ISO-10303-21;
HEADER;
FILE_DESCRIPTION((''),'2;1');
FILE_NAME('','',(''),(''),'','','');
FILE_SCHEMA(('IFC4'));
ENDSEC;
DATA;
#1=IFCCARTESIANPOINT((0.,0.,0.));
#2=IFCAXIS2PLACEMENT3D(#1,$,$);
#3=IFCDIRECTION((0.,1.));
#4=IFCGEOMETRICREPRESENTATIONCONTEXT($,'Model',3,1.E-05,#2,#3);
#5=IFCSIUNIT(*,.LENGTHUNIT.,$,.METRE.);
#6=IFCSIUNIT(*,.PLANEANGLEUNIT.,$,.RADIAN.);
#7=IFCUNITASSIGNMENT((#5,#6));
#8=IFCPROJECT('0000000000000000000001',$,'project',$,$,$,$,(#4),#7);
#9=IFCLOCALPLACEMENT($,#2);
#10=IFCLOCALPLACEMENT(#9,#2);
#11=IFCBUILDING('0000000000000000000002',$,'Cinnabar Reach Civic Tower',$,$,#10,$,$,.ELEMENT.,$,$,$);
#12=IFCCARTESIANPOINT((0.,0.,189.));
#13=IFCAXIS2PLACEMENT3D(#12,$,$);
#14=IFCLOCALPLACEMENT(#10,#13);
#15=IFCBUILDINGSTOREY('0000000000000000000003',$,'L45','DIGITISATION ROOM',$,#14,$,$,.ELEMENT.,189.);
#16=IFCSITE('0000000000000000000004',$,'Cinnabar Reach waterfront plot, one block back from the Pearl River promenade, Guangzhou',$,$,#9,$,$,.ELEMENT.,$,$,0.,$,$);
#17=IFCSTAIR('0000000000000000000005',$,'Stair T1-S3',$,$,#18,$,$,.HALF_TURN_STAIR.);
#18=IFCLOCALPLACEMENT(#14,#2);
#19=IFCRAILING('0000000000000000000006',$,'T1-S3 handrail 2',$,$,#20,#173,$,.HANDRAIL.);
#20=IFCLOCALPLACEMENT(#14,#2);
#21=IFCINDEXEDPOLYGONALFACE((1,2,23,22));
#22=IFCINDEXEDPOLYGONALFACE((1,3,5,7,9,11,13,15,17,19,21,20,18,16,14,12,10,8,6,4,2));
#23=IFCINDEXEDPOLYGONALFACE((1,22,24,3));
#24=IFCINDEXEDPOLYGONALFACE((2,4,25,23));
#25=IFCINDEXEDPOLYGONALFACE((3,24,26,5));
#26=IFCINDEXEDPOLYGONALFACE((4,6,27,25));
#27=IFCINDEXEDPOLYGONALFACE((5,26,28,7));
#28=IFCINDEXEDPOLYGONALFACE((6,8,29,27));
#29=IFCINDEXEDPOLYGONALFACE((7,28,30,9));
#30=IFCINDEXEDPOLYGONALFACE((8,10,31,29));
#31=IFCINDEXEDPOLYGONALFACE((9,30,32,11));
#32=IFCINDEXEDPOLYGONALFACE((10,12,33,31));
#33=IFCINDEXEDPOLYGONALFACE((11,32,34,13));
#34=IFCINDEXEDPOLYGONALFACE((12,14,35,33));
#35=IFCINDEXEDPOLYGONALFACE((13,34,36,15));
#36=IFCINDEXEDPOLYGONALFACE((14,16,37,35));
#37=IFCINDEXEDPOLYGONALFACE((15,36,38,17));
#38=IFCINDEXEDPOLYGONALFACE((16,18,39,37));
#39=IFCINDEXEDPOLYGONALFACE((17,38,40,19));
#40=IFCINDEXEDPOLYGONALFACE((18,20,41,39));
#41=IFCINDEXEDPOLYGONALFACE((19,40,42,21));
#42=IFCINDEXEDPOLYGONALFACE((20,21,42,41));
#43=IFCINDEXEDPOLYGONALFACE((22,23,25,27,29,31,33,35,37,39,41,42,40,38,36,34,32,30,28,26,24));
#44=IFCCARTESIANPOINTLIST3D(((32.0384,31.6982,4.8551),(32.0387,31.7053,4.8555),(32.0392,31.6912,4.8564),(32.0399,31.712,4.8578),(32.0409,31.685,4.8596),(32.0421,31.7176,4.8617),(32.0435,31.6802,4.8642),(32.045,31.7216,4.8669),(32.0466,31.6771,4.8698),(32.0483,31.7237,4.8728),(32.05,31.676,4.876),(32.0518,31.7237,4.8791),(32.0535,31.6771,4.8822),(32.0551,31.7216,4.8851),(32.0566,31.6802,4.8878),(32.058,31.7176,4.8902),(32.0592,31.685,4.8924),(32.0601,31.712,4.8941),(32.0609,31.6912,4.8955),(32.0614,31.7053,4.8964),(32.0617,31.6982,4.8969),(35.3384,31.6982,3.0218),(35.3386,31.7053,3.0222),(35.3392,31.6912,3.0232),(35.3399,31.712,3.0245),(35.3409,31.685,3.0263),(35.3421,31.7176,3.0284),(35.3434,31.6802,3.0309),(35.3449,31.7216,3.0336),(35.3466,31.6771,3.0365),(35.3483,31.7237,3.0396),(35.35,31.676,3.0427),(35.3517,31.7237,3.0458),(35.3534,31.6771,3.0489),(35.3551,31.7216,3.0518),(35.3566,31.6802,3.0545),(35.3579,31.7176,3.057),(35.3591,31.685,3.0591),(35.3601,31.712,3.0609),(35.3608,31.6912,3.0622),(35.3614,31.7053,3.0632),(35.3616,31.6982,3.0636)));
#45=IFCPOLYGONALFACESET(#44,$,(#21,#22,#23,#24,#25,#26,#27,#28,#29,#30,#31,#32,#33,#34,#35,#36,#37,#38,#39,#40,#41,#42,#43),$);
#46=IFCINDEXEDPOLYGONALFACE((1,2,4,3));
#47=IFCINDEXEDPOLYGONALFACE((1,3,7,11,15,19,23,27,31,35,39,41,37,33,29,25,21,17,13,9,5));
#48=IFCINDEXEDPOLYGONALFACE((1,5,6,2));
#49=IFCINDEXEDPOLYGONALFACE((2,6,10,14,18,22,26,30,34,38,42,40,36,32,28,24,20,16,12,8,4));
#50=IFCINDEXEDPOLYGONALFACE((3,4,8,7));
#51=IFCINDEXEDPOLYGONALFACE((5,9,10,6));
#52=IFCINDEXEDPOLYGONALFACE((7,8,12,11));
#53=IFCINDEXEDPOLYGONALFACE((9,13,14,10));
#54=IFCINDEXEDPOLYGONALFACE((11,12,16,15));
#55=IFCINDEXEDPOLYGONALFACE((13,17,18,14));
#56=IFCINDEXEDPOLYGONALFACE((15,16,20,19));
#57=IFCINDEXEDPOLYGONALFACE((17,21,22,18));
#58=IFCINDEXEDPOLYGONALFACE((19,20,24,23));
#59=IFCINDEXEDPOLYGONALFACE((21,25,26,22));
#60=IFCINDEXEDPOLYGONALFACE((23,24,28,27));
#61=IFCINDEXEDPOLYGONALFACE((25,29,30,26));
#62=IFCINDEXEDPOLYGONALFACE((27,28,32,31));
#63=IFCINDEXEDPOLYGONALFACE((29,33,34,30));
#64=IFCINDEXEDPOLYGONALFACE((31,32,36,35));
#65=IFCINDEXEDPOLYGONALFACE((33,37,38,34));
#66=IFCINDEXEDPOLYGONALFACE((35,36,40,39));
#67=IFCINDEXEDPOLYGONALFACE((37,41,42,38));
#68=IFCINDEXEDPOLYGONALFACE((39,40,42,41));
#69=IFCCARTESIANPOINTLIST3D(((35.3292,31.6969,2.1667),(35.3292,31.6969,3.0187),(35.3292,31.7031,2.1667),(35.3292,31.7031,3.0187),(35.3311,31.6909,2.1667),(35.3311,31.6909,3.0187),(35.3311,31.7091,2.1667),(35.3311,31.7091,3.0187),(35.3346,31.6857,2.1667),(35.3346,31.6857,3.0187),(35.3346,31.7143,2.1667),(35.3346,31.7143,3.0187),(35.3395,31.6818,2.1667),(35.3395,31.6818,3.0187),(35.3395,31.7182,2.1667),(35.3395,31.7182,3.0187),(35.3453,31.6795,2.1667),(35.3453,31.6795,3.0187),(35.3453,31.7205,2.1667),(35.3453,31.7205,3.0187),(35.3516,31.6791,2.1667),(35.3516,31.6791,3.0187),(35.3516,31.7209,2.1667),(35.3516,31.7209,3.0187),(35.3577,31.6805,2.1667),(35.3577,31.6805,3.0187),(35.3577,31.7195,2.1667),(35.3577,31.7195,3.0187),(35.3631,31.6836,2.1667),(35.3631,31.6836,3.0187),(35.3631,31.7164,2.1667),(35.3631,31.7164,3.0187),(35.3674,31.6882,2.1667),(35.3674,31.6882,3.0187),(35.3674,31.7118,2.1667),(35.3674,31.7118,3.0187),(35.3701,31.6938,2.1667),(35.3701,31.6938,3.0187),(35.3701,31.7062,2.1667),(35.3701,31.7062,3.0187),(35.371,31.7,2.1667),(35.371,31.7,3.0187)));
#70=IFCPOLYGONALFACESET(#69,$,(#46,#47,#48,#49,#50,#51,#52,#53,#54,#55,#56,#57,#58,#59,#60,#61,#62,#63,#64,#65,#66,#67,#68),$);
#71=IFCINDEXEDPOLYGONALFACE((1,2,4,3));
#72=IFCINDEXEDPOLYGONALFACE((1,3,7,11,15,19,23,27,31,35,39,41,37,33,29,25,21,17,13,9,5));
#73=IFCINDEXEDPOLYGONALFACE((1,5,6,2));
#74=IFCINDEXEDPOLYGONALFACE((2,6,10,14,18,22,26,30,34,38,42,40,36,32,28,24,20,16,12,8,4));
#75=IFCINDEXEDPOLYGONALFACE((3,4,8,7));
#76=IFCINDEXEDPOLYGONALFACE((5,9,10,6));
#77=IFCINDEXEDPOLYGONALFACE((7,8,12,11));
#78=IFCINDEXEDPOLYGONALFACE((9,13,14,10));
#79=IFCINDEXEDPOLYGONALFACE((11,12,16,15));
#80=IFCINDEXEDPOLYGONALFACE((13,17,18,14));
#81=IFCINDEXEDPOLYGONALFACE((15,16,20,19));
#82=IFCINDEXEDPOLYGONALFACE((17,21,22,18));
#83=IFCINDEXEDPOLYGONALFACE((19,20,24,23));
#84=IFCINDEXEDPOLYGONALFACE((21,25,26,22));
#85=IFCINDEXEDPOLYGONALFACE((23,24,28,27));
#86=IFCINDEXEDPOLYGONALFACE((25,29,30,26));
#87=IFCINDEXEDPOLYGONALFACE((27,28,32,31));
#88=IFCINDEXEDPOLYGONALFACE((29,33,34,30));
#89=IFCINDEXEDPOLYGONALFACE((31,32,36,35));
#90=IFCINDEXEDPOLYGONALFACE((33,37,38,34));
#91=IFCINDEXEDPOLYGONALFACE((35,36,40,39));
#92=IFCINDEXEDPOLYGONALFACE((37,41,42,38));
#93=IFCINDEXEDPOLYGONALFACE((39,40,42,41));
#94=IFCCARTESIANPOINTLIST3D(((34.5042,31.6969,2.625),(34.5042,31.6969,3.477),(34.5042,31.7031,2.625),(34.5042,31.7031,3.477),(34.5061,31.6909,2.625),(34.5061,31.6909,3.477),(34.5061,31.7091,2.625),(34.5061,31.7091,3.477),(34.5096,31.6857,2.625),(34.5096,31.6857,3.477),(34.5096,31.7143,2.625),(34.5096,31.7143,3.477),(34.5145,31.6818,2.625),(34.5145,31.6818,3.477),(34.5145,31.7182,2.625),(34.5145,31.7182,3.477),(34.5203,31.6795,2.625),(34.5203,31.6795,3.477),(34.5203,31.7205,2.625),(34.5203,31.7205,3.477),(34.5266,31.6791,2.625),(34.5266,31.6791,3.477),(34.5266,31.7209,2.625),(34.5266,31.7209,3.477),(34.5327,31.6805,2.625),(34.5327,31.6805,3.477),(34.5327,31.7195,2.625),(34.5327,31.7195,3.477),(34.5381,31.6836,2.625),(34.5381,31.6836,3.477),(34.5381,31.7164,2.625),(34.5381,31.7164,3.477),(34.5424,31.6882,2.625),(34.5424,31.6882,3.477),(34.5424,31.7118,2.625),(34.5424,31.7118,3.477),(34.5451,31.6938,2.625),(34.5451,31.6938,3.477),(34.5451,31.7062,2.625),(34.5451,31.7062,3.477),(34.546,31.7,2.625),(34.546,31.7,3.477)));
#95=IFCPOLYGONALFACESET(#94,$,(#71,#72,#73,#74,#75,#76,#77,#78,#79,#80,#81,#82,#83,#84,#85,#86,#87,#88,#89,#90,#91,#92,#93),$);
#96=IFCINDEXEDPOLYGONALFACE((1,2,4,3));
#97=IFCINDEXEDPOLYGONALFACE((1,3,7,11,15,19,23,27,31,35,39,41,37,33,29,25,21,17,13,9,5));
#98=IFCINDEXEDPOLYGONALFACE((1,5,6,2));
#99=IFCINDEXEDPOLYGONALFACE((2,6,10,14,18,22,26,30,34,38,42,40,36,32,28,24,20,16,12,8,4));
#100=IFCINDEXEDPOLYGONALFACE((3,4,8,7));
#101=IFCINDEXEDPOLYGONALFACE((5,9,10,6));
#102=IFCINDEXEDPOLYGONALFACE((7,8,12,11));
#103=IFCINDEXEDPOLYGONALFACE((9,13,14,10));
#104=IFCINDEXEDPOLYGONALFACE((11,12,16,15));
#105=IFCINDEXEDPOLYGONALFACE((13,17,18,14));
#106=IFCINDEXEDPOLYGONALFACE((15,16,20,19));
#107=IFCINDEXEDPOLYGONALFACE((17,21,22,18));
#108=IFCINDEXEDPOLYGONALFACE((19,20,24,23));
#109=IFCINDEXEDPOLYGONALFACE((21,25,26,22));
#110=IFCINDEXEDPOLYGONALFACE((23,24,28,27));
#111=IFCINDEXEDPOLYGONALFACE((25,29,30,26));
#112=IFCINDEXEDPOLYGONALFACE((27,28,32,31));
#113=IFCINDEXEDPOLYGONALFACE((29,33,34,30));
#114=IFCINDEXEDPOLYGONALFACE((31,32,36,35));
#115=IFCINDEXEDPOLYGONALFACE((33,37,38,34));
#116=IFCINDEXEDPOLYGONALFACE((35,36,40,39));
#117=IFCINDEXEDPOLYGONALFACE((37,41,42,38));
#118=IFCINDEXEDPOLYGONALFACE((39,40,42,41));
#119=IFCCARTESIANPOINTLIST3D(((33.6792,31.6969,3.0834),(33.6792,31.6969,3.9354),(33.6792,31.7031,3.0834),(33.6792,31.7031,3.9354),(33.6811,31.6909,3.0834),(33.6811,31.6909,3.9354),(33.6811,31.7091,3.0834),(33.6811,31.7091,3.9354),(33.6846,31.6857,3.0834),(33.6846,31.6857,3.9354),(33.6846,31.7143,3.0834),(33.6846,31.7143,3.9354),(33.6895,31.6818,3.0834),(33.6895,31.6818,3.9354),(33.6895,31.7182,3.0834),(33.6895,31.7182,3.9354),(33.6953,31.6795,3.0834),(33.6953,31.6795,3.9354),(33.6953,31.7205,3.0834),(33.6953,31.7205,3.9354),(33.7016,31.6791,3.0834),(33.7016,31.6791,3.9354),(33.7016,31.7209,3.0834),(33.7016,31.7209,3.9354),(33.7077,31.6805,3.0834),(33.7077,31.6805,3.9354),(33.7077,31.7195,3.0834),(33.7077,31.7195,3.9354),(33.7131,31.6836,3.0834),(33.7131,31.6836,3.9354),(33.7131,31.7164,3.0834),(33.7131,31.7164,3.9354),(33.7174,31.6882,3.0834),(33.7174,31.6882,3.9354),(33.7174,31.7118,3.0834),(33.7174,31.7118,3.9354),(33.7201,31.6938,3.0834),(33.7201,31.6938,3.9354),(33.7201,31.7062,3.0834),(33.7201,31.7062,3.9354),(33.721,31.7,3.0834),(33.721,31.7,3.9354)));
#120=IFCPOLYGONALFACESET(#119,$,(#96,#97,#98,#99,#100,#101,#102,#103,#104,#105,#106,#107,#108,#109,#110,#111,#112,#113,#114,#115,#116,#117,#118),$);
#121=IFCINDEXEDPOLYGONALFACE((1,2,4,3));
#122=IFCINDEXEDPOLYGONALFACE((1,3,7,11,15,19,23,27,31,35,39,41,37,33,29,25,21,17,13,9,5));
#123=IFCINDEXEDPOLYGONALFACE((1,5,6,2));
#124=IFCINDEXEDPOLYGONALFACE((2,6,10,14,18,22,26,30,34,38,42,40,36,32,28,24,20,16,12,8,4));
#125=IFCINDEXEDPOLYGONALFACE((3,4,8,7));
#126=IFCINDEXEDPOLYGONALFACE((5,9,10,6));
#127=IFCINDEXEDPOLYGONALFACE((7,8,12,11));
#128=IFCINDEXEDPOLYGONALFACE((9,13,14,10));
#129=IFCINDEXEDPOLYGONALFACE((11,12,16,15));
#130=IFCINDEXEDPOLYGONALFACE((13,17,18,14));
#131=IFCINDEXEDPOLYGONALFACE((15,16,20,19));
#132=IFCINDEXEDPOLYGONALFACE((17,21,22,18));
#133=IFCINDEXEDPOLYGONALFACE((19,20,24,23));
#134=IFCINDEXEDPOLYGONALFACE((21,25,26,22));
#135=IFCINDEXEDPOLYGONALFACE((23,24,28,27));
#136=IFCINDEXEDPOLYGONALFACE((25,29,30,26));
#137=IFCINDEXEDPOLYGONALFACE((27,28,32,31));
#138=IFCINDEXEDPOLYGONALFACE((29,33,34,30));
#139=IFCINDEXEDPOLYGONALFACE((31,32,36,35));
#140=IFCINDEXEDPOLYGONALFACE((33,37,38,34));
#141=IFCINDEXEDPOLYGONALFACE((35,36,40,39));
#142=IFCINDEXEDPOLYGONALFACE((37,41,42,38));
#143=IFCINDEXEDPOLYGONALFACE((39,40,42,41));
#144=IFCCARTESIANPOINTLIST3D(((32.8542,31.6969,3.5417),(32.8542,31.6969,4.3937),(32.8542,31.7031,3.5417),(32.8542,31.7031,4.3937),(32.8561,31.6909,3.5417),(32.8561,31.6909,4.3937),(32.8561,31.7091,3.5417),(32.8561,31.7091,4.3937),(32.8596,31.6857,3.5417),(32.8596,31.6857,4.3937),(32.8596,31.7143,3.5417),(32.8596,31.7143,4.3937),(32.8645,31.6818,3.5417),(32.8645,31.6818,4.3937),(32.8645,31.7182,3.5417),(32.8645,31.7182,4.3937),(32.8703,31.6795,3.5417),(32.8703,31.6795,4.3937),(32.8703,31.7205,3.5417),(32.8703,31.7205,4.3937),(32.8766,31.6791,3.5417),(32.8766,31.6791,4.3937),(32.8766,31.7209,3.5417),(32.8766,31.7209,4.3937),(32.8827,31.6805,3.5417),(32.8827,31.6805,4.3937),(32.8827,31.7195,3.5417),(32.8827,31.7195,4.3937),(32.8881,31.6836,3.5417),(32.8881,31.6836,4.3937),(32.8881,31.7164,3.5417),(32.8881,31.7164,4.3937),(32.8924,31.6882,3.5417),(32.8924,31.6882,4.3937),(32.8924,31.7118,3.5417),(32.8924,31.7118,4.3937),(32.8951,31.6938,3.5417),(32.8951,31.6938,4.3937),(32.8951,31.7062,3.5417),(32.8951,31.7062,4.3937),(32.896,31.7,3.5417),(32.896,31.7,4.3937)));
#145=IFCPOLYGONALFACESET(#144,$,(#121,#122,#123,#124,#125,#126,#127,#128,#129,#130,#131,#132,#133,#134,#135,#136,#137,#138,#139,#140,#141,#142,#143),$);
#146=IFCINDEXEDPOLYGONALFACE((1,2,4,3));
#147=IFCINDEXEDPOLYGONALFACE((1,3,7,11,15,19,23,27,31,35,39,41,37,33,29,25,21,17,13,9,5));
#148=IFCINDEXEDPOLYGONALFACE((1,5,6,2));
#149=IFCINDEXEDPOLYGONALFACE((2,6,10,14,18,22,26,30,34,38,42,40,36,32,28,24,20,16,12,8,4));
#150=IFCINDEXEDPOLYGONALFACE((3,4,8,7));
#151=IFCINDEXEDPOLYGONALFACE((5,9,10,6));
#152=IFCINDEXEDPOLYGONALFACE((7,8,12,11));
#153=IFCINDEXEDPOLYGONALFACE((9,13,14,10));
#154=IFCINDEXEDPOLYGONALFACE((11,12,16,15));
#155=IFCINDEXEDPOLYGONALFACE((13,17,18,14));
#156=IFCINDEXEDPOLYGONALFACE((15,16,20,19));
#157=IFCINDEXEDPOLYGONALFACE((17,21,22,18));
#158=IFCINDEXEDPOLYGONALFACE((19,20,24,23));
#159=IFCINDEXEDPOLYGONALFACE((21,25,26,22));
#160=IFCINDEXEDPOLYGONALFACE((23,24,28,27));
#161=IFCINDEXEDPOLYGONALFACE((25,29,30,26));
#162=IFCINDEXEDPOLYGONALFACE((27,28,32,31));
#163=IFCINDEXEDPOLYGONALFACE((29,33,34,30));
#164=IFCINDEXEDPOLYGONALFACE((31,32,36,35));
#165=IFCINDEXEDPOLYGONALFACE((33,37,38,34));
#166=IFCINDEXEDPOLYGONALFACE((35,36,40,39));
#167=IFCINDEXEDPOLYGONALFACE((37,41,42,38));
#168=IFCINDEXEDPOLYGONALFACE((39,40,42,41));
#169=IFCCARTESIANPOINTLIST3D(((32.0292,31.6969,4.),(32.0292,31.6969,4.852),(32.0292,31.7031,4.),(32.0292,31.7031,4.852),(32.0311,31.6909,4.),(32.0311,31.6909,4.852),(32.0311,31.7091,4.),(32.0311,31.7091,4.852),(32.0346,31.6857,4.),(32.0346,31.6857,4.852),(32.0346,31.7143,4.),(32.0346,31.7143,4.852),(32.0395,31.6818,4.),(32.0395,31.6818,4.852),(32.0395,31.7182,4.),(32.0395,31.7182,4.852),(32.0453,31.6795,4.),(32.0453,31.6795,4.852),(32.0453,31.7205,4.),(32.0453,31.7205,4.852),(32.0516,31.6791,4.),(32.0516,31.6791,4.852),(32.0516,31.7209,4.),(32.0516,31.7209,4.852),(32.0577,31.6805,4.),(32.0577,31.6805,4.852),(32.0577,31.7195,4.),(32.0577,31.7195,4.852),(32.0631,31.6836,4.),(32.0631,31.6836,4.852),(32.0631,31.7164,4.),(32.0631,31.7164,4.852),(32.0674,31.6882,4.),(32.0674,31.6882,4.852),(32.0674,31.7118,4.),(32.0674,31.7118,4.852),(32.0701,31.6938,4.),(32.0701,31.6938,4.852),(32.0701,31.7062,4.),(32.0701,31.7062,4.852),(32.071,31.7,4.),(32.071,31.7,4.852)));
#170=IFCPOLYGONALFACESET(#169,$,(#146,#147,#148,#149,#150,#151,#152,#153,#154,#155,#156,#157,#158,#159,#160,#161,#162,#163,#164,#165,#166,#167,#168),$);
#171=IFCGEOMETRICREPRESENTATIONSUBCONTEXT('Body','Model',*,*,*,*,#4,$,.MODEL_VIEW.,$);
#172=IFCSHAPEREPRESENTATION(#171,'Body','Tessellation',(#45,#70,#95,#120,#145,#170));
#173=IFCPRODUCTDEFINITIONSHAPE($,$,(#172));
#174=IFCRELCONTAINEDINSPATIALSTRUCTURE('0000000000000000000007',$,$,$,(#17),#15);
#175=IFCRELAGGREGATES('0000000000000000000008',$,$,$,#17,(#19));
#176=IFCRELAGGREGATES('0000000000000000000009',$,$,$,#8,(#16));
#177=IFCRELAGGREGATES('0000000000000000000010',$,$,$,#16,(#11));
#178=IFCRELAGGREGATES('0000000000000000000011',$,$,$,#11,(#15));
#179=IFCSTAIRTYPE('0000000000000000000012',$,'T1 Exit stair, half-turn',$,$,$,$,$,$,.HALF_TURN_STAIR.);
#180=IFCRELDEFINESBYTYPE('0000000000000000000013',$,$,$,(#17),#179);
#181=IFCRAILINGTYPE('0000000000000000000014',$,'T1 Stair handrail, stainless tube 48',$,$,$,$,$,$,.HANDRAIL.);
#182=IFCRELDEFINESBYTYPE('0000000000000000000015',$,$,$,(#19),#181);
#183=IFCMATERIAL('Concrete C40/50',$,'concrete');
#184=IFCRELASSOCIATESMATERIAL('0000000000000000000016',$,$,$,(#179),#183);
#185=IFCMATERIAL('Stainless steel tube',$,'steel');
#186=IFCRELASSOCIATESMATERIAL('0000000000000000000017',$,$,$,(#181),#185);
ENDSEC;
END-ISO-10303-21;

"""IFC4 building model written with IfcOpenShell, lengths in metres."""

from ifc_helpers import new_model, si_unit, direction, frame, origin, origin_2d, place, context, subcontext, project, spatial, circle, extrude, material, type_object, element, aggregate, save


model = new_model("IFC4")

# Units and contexts
model_context = context("Model", 3, precision=1e-05, world=origin(), true_north=direction((0.0, 1.0)))
body_context = subcontext(model_context, "Body", "Model", "MODEL_VIEW")
ifc_project = project(units=[si_unit("LENGTHUNIT", "METRE"), si_unit("PLANEANGLEUNIT", "RADIAN")], contexts=[model_context])

# Site, building, storey
site_placement = place(None, origin())
site = spatial("IfcSite", under=ifc_project, at=site_placement, Name="Cinnabar Reach waterfront plot, one block back from the Pearl River promenade, Guangzhou", CompositionType="ELEMENT", RefElevation=0.0)
building_placement = place(site_placement, origin())
building = spatial("IfcBuilding", under=site, at=building_placement, Name="Cinnabar Reach Civic Tower", CompositionType="ELEMENT")
storey_placement = place(building_placement, frame((0.0, 0.0, 189.0)))
storey = spatial("IfcBuildingStorey", under=building, at=storey_placement, Name="L45", Description="DIGITISATION ROOM", CompositionType="ELEMENT", Elevation=189.0)

# Stair, railing
ifc_material_1 = material(Name="Concrete C40/50", Category="concrete")
stair_type = type_object("IfcStairType", Name="T1 Exit stair, half-turn", PredefinedType="HALF_TURN_STAIR", material=ifc_material_1)
stair_placement = place(storey_placement, origin())
stair = element("IfcStair", 1, at=stair_placement, inside=storey, type_object=stair_type, Name="Stair T1-S3", PredefinedType="HALF_TURN_STAIR")
ifc_material_2 = material(Name="Stainless steel tube", Category="steel")
railing_type = type_object("IfcRailingType", Name="T1 Stair handrail, stainless tube 48", PredefinedType="HANDRAIL", material=ifc_material_2)
railing_placement = place(storey_placement, frame((35.35, 31.7, 2.1667)))
railing = element("IfcRailing", 2, at=railing_placement, type_object=railing_type, Name="T1-S3 handrail 2", PredefinedType="HANDRAIL", context=body_context, shape_type="SweptSolid", body=[
    extrude(circle(Radius=0.024, at=origin_2d()), frame((0.0, 0.0, 0.876), z_axis=(-0.874161, 0.0, 0.485636), x_axis=(0.0, -1.0, 0.0)), (0.0, 0.0, 1.0), 3.775),
    extrude(circle(Radius=0.021, at=origin_2d()), origin(), (0.0, 0.0, 1.0), 0.852),
    extrude(circle(Radius=0.021, at=origin_2d()), frame((-0.825, 0.0, 0.4583)), (0.0, 0.0, 1.0), 0.852),
    extrude(circle(Radius=0.021, at=origin_2d()), frame((-1.65, 0.0, 0.9167)), (0.0, 0.0, 1.0), 0.852),
    extrude(circle(Radius=0.021, at=origin_2d()), frame((-2.475, 0.0, 1.375)), (0.0, 0.0, 1.0), 0.852),
    extrude(circle(Radius=0.021, at=origin_2d()), frame((-3.3, 0.0, 1.8333)), (0.0, 0.0, 1.0), 0.852),
])
aggregate(stair, [railing])

save(model, "model.ifc")
